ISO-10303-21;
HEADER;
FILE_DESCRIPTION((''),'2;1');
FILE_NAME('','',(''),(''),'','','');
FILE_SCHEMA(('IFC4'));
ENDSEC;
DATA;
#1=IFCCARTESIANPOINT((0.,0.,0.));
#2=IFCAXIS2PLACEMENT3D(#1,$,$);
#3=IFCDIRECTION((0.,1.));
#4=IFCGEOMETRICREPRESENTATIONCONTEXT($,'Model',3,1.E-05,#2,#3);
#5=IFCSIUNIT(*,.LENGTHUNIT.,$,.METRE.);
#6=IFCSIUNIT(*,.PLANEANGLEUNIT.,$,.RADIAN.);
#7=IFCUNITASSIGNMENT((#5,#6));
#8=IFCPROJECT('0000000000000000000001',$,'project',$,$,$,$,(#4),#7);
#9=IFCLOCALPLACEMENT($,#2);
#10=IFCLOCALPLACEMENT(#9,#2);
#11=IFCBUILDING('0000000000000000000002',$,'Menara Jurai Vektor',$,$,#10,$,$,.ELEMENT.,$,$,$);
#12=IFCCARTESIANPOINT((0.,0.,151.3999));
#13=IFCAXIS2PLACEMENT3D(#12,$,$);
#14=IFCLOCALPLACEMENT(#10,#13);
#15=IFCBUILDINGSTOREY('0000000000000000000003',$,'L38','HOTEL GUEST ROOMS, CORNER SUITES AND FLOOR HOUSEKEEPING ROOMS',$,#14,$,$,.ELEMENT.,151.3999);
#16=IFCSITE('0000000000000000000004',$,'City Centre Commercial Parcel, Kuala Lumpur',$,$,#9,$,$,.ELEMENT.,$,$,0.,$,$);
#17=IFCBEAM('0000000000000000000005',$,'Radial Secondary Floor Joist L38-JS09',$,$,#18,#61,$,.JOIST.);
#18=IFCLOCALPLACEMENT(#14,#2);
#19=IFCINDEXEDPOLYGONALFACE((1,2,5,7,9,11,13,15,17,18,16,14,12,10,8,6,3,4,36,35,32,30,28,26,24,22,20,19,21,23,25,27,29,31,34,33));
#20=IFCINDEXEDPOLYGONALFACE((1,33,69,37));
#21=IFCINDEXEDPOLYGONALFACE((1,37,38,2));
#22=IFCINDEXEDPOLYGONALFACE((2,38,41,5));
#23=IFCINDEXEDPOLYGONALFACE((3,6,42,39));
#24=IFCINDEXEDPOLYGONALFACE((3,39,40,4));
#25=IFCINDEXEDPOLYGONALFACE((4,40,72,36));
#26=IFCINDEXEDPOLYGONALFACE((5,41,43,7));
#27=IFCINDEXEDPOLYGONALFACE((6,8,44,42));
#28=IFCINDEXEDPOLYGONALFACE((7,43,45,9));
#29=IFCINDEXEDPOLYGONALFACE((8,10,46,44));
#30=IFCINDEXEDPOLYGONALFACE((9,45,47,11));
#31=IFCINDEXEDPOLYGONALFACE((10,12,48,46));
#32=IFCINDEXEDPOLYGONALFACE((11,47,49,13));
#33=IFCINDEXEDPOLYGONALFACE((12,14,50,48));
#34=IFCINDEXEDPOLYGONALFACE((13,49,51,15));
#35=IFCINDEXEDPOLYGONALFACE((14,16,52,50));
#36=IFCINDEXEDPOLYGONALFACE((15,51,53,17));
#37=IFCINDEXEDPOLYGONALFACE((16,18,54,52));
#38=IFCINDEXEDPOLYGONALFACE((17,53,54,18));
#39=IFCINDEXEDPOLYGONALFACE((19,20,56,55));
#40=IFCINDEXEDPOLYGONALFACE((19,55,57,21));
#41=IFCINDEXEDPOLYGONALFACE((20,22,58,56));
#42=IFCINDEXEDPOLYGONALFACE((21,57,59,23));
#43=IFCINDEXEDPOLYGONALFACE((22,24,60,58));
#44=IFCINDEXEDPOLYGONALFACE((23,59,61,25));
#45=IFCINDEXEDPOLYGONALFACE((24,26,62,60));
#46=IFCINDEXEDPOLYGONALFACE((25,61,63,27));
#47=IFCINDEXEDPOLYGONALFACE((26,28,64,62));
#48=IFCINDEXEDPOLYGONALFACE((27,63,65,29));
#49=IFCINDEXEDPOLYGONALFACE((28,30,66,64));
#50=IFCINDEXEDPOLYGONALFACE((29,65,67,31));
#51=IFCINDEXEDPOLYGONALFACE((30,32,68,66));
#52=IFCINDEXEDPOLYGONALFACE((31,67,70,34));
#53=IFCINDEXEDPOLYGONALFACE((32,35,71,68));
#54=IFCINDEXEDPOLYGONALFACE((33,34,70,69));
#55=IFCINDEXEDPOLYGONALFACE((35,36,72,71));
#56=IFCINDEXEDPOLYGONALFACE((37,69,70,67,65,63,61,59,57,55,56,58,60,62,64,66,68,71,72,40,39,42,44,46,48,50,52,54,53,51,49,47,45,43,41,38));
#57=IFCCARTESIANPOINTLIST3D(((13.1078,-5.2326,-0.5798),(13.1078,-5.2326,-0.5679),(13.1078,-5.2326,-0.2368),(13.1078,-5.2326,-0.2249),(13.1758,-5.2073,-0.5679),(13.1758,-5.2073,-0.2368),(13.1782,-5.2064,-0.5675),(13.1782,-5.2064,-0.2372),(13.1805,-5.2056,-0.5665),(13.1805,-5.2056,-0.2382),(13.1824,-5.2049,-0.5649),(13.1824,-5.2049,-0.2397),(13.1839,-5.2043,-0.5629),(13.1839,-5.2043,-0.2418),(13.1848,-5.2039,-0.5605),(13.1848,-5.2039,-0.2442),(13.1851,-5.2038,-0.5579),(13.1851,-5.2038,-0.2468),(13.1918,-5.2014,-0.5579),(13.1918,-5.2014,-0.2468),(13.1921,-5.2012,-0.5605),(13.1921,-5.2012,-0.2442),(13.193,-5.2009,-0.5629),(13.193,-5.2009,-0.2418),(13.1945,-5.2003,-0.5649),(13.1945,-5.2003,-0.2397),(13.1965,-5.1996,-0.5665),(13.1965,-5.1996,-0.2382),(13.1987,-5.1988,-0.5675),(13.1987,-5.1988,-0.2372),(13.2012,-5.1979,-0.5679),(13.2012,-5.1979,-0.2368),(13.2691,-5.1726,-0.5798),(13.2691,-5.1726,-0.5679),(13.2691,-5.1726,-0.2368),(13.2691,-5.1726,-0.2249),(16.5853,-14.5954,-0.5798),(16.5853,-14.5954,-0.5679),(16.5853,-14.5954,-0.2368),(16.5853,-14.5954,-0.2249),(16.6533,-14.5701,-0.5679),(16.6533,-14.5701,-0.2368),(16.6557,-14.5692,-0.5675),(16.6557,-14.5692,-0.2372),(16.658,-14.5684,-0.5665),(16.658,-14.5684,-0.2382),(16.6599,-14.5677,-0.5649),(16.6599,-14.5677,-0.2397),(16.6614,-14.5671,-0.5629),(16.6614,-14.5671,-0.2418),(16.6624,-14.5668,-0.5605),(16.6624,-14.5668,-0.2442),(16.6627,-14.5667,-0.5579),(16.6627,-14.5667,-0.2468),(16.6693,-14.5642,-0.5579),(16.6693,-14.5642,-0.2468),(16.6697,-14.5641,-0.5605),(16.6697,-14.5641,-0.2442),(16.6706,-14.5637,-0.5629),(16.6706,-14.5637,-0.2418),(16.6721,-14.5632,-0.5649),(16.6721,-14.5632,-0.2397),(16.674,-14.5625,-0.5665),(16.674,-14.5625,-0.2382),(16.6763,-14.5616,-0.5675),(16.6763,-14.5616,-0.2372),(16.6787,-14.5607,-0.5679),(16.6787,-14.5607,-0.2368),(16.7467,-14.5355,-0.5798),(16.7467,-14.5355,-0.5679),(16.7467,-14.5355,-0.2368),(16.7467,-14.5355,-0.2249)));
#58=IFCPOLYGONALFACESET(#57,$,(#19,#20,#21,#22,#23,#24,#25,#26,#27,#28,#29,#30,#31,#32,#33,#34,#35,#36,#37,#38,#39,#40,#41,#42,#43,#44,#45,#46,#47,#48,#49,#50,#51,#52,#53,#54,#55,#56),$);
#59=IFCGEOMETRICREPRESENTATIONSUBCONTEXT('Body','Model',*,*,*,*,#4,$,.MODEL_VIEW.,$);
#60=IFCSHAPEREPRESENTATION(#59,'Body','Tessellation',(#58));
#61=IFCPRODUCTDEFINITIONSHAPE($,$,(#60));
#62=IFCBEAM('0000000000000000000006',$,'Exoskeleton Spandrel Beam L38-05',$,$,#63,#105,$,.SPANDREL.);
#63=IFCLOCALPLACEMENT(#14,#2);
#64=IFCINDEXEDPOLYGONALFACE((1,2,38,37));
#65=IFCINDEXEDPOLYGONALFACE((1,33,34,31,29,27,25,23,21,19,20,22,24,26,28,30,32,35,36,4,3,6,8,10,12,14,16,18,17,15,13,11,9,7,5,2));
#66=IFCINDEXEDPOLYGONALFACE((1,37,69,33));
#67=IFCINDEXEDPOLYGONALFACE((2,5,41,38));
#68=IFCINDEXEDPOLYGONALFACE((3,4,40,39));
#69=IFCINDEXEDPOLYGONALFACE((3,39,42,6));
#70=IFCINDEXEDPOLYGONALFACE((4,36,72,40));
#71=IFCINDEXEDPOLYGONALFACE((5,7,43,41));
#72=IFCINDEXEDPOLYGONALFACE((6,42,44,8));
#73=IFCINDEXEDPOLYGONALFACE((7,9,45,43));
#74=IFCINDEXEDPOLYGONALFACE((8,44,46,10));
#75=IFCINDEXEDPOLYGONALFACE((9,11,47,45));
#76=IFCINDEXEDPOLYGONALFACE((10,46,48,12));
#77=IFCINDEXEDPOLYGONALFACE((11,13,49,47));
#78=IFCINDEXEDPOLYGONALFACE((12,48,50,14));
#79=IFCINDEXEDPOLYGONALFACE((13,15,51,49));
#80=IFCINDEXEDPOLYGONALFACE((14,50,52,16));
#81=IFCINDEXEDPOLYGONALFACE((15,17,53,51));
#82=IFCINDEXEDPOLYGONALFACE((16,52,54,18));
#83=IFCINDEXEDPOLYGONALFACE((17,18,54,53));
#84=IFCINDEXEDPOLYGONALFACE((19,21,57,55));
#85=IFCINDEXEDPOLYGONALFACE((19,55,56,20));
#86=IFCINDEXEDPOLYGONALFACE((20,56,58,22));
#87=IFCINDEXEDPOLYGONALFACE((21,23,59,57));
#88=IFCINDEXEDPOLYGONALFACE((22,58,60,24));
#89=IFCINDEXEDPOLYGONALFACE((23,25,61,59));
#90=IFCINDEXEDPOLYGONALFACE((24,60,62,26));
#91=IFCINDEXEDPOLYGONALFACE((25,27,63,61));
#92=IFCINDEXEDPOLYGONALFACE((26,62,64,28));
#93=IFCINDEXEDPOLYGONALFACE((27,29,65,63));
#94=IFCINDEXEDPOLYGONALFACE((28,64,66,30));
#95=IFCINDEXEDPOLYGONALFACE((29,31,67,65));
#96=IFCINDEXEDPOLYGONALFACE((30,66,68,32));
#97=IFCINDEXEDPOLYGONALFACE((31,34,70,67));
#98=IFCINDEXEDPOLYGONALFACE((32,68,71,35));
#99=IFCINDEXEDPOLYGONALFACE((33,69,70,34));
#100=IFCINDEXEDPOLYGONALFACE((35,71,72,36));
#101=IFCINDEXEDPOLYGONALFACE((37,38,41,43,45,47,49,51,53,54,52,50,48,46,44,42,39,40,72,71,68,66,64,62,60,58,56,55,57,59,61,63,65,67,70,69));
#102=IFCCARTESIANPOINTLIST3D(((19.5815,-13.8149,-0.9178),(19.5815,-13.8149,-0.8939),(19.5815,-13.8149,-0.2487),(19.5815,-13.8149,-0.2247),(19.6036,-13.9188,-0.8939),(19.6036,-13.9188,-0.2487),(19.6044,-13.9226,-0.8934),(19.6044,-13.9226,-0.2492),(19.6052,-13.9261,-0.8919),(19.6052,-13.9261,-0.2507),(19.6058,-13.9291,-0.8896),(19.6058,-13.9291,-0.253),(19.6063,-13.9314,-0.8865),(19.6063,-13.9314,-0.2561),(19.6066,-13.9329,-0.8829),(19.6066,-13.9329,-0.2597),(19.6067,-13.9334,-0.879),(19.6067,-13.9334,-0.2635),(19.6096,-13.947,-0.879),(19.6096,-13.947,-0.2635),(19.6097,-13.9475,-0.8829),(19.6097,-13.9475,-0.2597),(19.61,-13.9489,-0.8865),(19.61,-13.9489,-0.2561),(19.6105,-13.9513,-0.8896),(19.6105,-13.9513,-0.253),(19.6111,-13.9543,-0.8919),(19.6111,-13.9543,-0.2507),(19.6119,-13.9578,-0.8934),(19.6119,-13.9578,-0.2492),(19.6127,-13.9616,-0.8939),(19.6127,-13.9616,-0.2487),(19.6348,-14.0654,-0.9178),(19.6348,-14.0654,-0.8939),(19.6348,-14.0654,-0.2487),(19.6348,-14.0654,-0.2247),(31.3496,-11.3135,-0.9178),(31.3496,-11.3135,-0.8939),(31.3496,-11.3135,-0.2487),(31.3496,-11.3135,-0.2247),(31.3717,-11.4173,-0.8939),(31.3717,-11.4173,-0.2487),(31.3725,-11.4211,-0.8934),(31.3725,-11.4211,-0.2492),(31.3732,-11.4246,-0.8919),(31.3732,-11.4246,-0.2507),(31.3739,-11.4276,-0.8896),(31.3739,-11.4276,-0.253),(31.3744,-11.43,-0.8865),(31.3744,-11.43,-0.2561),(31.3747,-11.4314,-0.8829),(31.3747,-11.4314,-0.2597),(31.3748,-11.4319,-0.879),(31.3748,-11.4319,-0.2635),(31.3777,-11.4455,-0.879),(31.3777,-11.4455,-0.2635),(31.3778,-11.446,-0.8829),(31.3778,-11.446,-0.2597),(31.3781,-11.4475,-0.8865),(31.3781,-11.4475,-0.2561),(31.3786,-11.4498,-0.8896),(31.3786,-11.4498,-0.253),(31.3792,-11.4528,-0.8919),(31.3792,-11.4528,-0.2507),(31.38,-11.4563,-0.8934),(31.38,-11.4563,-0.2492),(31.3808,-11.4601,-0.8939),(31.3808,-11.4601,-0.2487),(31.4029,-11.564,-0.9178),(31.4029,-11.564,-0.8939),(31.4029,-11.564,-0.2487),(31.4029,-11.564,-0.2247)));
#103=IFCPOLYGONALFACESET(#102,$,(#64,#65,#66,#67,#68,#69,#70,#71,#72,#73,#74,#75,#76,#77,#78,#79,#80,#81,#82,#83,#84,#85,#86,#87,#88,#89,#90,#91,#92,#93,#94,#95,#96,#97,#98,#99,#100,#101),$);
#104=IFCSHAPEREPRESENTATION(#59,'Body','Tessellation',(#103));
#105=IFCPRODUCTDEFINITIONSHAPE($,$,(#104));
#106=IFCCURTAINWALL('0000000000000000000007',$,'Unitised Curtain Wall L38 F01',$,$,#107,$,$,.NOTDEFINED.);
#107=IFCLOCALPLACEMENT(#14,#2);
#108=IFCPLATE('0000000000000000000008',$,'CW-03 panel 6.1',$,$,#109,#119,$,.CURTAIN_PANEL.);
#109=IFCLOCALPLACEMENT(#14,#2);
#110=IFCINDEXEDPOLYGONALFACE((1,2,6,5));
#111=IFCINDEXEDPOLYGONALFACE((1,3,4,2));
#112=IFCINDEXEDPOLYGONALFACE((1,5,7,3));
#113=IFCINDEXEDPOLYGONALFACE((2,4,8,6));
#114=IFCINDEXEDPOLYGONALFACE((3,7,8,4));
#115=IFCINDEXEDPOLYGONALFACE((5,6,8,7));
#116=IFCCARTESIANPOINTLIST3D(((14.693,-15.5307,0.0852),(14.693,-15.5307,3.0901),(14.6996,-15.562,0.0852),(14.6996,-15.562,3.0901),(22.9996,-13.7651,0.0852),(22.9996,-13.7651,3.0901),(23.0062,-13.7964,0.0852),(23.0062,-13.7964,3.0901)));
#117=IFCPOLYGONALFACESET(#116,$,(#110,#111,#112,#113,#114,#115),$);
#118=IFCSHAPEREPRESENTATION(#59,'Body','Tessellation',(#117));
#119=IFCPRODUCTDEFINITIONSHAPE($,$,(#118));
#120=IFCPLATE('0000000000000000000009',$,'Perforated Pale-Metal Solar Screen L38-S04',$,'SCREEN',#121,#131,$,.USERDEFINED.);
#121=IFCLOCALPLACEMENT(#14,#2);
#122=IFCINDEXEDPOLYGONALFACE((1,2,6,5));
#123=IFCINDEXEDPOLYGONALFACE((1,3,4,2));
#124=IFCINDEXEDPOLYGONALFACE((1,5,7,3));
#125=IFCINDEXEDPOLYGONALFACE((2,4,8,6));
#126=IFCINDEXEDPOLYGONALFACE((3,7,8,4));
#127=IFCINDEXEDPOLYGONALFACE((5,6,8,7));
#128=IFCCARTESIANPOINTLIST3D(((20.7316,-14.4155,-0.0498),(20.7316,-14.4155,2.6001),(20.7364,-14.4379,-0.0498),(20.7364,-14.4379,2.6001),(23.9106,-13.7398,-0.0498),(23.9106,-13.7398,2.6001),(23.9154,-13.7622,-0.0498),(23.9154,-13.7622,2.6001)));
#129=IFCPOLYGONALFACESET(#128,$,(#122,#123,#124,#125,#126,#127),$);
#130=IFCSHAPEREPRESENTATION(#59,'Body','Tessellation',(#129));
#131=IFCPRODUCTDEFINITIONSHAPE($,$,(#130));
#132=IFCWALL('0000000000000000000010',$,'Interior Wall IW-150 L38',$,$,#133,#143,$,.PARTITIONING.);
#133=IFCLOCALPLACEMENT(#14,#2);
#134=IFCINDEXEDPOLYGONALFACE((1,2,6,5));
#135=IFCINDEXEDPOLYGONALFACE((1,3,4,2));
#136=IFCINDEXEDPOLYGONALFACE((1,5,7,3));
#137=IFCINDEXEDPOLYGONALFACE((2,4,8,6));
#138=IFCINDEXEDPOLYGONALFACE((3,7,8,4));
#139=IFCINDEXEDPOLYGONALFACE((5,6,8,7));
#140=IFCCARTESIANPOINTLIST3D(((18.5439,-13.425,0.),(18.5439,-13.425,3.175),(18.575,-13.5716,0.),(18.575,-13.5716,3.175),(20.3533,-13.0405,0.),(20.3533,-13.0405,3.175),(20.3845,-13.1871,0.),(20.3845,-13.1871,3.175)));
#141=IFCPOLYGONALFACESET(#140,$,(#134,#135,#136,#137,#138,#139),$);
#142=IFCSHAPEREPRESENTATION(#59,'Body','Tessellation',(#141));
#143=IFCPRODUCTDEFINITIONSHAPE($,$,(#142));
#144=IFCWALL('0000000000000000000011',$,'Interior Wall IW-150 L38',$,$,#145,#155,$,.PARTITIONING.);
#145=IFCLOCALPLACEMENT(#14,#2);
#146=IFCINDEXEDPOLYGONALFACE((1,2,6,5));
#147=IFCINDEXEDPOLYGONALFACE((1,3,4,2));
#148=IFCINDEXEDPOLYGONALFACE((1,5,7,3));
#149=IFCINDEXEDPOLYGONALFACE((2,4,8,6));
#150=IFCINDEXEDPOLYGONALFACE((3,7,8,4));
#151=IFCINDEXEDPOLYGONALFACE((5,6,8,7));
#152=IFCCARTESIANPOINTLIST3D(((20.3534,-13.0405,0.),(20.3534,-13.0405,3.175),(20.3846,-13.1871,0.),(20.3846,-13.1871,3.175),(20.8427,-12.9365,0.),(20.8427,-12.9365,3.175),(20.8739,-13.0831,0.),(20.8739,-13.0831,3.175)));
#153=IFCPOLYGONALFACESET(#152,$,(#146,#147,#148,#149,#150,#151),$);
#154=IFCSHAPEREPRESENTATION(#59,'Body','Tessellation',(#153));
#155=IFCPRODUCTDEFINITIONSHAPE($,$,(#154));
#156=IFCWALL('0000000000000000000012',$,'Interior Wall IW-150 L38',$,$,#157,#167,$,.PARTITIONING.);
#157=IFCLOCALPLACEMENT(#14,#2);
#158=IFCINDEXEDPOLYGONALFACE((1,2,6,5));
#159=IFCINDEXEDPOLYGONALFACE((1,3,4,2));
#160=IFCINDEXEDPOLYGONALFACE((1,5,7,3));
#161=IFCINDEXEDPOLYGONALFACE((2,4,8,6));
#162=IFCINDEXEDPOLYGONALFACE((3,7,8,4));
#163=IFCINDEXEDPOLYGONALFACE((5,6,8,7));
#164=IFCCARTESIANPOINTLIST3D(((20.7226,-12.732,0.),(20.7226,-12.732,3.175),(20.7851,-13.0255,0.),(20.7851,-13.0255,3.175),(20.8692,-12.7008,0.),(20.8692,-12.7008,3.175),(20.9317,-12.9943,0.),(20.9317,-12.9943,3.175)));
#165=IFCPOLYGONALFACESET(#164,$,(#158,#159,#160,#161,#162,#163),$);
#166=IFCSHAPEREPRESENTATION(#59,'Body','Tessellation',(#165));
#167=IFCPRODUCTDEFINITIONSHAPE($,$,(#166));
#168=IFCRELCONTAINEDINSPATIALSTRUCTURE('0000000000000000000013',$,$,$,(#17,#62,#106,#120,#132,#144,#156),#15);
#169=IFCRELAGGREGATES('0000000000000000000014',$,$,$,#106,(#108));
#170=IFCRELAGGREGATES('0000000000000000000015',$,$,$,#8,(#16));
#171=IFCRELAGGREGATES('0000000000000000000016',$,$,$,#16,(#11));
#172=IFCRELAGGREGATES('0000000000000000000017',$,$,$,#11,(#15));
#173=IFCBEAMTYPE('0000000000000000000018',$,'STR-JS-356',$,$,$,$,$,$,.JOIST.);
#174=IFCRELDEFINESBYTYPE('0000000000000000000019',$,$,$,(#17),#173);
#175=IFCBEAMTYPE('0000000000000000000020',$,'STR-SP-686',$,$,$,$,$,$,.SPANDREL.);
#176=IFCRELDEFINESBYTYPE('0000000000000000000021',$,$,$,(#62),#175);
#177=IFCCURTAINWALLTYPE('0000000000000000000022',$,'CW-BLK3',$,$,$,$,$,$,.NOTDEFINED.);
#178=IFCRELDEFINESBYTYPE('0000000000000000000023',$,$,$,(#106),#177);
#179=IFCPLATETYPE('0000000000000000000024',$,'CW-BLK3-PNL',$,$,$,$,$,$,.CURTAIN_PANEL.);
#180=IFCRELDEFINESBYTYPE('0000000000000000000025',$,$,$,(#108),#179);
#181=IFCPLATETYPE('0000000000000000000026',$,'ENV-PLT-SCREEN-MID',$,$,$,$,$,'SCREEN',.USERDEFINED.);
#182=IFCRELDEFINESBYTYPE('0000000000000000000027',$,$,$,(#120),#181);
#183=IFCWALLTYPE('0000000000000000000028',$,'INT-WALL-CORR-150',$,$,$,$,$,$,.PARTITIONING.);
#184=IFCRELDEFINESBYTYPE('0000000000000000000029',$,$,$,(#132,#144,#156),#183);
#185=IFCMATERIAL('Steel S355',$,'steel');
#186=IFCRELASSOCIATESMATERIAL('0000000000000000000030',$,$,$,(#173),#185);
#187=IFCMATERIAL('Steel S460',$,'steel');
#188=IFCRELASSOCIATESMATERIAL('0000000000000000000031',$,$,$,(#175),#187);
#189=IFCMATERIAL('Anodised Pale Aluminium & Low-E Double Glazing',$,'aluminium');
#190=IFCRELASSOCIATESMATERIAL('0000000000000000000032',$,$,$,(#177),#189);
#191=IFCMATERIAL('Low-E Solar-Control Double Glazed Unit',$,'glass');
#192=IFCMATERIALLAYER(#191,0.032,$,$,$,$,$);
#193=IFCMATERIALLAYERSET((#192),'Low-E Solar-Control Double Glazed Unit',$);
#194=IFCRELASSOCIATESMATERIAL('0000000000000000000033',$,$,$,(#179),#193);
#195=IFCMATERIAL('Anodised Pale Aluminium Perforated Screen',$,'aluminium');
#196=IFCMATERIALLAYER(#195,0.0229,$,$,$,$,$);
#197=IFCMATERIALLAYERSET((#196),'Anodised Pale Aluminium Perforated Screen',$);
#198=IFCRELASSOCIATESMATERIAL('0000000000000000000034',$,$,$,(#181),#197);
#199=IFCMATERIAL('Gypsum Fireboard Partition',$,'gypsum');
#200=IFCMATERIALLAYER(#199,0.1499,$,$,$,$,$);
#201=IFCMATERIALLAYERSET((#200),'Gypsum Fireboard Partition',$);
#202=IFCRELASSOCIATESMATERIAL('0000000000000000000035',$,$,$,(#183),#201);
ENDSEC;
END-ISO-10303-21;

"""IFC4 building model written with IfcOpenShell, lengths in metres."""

from ifc_helpers import new_model, si_unit, direction, frame, frame_2d, origin, origin_2d, place, context, subcontext, project, spatial, rectangle, i_section, extrude, material, layer, layer_set, material_profile, profile_set, type_object, element, aggregate, save


model = new_model("IFC4")

# Units and contexts
model_context = context("Model", 3, precision=1e-05, world=origin(), true_north=direction((0.0, 1.0)))
body_context = subcontext(model_context, "Body", "Model", "MODEL_VIEW")
ifc_project = project(units=[si_unit("LENGTHUNIT", "METRE"), si_unit("PLANEANGLEUNIT", "RADIAN")], contexts=[model_context])

# Site, building, storey
site_placement = place(None, origin())
site = spatial("IfcSite", under=ifc_project, at=site_placement, Name="City Centre Commercial Parcel, Kuala Lumpur", CompositionType="ELEMENT", RefElevation=0.0)
building_placement = place(site_placement, origin())
building = spatial("IfcBuilding", under=site, at=building_placement, Name="Menara Jurai Vektor", CompositionType="ELEMENT")
storey_placement = place(building_placement, frame((0.0, 0.0, 151.3999)))
storey = spatial("IfcBuildingStorey", under=building, at=storey_placement, Name="L38", Description="HOTEL GUEST ROOMS, CORNER SUITES AND FLOOR HOUSEKEEPING ROOMS", CompositionType="ELEMENT", Elevation=151.3999)

# Shared definitions
ifc_material_1 = material(Name="Steel S460", Category="steel")

# Beams
ifc_material_2 = material(Name="Steel S355", Category="steel")
ifc_material_profile_1 = material_profile(ifc_material_2, i_section(OverallWidth=0.1721, OverallDepth=0.355, WebThickness=0.0071, FlangeThickness=0.012, FilletRadius=0.01, at=origin_2d()), Name="UKB 356x171x51")
ifc_profile_set_1 = profile_set([ifc_material_profile_1], Name="Steel S355")
beam_type_1 = type_object("IfcBeamType", Name="STR-JS-356", PredefinedType="JOIST", material=ifc_profile_set_1)
beam_1_placement = place(storey_placement, frame((16.666, -14.5654, -0.4023), z_axis=(-0.34818, 0.937428, 0.0), x_axis=(-0.937428, -0.34818, 0.0)))
element("IfcBeam", 1, at=beam_1_placement, inside=storey, type_object=beam_type_1, Name="Radial Secondary Floor Joist L38-JS09", PredefinedType="JOIST", context=body_context, shape_type="SweptSolid", body=[
    extrude(i_section(OverallWidth=0.1721, OverallDepth=0.355, WebThickness=0.0071, FlangeThickness=0.012, FilletRadius=0.01, at=origin_2d()), origin(), (0.0, 0.0, 1.0), 9.9878),
])
ifc_material_profile_2 = material_profile(ifc_material_1, i_section(OverallWidth=0.2561, OverallDepth=0.6931, WebThickness=0.0139, FlangeThickness=0.0239, FilletRadius=0.0149, at=origin_2d()), Name="UKB 686x254x170")
ifc_profile_set_2 = profile_set([ifc_material_profile_2], Name="Steel S460")
beam_type_2 = type_object("IfcBeamType", Name="STR-SP-686", PredefinedType="SPANDREL", material=ifc_profile_set_2)
beam_2_placement = place(storey_placement, frame((19.6082, -13.9402, -0.5713), z_axis=(0.978146, 0.207918, 0.0), x_axis=(-0.207918, 0.978146, 0.0)))
element("IfcBeam", 2, at=beam_2_placement, inside=storey, type_object=beam_type_2, Name="Exoskeleton Spandrel Beam L38-05", PredefinedType="SPANDREL", context=body_context, shape_type="SweptSolid", body=[
    extrude(i_section(OverallWidth=0.2561, OverallDepth=0.6931, WebThickness=0.0139, FlangeThickness=0.0239, FilletRadius=0.0149, at=origin_2d()), origin(), (0.0, 0.0, 1.0), 12.031),
])

# Curtain wall, plate
ifc_material_3 = material(Name="Anodised Pale Aluminium & Low-E Double Glazing", Category="aluminium")
curtain_wall_type = type_object("IfcCurtainWallType", Name="CW-BLK3", PredefinedType="NOTDEFINED", material=ifc_material_3)
curtain_wall_placement = place(storey_placement, origin())
curtain_wall = element("IfcCurtainWall", 3, at=curtain_wall_placement, inside=storey, type_object=curtain_wall_type, Name="Unitised Curtain Wall L38 F01", PredefinedType="NOTDEFINED")
ifc_material_4 = material(Name="Low-E Solar-Control Double Glazed Unit", Category="glass")
ifc_layer_1 = layer(ifc_material_4, 0.032)
ifc_layer_set_1 = layer_set([ifc_layer_1], Name="Low-E Solar-Control Double Glazed Unit")
plate_type_1 = type_object("IfcPlateType", Name="CW-BLK3-PNL", PredefinedType="CURTAIN_PANEL", material=ifc_layer_set_1)
plate_1_placement = place(storey_placement, frame((18.8496, -14.6636, 0.0852), z_axis=(0.0, 0.0, 1.0), x_axis=(0.978148, 0.207911, 0.0)))
plate_1 = element("IfcPlate", 4, at=plate_1_placement, type_object=plate_type_1, Name="CW-03 panel 6.1", PredefinedType="CURTAIN_PANEL", context=body_context, shape_type="SweptSolid", body=[
    extrude(rectangle(XDim=8.4922, YDim=0.032, at=origin_2d()), origin(), (0.0, 0.0, 1.0), 3.0049),
])
aggregate(curtain_wall, [plate_1])

# Plate
ifc_material_5 = material(Name="Anodised Pale Aluminium Perforated Screen", Category="aluminium")
ifc_layer_2 = layer(ifc_material_5, 0.0229)
ifc_layer_set_2 = layer_set([ifc_layer_2], Name="Anodised Pale Aluminium Perforated Screen")
plate_type_2 = type_object("IfcPlateType", Name="ENV-PLT-SCREEN-MID", ElementType="SCREEN", PredefinedType="USERDEFINED", material=ifc_layer_set_2)
plate_2_placement = place(storey_placement, frame((22.3235, -14.0889, -0.0498), z_axis=(0.0, 0.0, 1.0), x_axis=(0.978148, 0.207912, 0.0)))
element("IfcPlate", 5, at=plate_2_placement, inside=storey, type_object=plate_type_2, Name="Perforated Pale-Metal Solar Screen L38-S04", ObjectType="SCREEN", PredefinedType="USERDEFINED", context=body_context, shape_type="SweptSolid", body=[
    extrude(rectangle(XDim=3.25, YDim=0.0229, at=origin_2d()), origin(), (0.0, 0.0, 1.0), 2.6499),
])

# Walls
ifc_material_6 = material(Name="Gypsum Fireboard Partition", Category="gypsum")
ifc_layer_3 = layer(ifc_material_6, 0.1499)
ifc_layer_set_3 = layer_set([ifc_layer_3], Name="Gypsum Fireboard Partition")
wall_type_1 = type_object("IfcWallType", Name="INT-WALL-CORR-150", PredefinedType="PARTITIONING", material=ifc_layer_set_3)
wall_1_placement = place(storey_placement, frame((18.5596, -13.4983, 0.0), z_axis=(0.0, 0.0, 1.0), x_axis=(0.97816, 0.207852, 0.0)))
element("IfcWall", 6, at=wall_1_placement, inside=storey, type_object=wall_type_1, Name="Interior Wall IW-150 L38", PredefinedType="PARTITIONING", context=body_context, shape_type="SweptSolid", body=[
    extrude(rectangle(XDim=1.8499, YDim=0.1499, at=frame_2d((0.9248, 0.0))), origin(), (0.0, 0.0, 1.0), 3.175),
])
wall_2_placement = place(storey_placement, frame((20.3691, -13.1138, 0.0), z_axis=(0.0, 0.0, 1.0), x_axis=(0.978144, 0.207929, 0.0)))
element("IfcWall", 7, at=wall_2_placement, inside=storey, type_object=wall_type_1, Name="Interior Wall IW-150 L38", PredefinedType="PARTITIONING", context=body_context, shape_type="SweptSolid", body=[
    extrude(rectangle(XDim=0.5002, YDim=0.1499, at=frame_2d((0.25, 0.0))), origin(), (0.0, 0.0, 1.0), 3.175),
])
wall_3_placement = place(storey_placement, frame((20.8584, -13.0098, 0.0), z_axis=(0.0, 0.0, 1.0), x_axis=(-0.208306, 0.978064, 0.0)))
element("IfcWall", 8, at=wall_3_placement, inside=storey, type_object=wall_type_1, Name="Interior Wall IW-150 L38", PredefinedType="PARTITIONING", context=body_context, shape_type="SweptSolid", body=[
    extrude(rectangle(XDim=0.3, YDim=0.1499, at=frame_2d((0.1499, 0.0))), origin(), (0.0, 0.0, 1.0), 3.175),
])

save(model, "model.ifc")
